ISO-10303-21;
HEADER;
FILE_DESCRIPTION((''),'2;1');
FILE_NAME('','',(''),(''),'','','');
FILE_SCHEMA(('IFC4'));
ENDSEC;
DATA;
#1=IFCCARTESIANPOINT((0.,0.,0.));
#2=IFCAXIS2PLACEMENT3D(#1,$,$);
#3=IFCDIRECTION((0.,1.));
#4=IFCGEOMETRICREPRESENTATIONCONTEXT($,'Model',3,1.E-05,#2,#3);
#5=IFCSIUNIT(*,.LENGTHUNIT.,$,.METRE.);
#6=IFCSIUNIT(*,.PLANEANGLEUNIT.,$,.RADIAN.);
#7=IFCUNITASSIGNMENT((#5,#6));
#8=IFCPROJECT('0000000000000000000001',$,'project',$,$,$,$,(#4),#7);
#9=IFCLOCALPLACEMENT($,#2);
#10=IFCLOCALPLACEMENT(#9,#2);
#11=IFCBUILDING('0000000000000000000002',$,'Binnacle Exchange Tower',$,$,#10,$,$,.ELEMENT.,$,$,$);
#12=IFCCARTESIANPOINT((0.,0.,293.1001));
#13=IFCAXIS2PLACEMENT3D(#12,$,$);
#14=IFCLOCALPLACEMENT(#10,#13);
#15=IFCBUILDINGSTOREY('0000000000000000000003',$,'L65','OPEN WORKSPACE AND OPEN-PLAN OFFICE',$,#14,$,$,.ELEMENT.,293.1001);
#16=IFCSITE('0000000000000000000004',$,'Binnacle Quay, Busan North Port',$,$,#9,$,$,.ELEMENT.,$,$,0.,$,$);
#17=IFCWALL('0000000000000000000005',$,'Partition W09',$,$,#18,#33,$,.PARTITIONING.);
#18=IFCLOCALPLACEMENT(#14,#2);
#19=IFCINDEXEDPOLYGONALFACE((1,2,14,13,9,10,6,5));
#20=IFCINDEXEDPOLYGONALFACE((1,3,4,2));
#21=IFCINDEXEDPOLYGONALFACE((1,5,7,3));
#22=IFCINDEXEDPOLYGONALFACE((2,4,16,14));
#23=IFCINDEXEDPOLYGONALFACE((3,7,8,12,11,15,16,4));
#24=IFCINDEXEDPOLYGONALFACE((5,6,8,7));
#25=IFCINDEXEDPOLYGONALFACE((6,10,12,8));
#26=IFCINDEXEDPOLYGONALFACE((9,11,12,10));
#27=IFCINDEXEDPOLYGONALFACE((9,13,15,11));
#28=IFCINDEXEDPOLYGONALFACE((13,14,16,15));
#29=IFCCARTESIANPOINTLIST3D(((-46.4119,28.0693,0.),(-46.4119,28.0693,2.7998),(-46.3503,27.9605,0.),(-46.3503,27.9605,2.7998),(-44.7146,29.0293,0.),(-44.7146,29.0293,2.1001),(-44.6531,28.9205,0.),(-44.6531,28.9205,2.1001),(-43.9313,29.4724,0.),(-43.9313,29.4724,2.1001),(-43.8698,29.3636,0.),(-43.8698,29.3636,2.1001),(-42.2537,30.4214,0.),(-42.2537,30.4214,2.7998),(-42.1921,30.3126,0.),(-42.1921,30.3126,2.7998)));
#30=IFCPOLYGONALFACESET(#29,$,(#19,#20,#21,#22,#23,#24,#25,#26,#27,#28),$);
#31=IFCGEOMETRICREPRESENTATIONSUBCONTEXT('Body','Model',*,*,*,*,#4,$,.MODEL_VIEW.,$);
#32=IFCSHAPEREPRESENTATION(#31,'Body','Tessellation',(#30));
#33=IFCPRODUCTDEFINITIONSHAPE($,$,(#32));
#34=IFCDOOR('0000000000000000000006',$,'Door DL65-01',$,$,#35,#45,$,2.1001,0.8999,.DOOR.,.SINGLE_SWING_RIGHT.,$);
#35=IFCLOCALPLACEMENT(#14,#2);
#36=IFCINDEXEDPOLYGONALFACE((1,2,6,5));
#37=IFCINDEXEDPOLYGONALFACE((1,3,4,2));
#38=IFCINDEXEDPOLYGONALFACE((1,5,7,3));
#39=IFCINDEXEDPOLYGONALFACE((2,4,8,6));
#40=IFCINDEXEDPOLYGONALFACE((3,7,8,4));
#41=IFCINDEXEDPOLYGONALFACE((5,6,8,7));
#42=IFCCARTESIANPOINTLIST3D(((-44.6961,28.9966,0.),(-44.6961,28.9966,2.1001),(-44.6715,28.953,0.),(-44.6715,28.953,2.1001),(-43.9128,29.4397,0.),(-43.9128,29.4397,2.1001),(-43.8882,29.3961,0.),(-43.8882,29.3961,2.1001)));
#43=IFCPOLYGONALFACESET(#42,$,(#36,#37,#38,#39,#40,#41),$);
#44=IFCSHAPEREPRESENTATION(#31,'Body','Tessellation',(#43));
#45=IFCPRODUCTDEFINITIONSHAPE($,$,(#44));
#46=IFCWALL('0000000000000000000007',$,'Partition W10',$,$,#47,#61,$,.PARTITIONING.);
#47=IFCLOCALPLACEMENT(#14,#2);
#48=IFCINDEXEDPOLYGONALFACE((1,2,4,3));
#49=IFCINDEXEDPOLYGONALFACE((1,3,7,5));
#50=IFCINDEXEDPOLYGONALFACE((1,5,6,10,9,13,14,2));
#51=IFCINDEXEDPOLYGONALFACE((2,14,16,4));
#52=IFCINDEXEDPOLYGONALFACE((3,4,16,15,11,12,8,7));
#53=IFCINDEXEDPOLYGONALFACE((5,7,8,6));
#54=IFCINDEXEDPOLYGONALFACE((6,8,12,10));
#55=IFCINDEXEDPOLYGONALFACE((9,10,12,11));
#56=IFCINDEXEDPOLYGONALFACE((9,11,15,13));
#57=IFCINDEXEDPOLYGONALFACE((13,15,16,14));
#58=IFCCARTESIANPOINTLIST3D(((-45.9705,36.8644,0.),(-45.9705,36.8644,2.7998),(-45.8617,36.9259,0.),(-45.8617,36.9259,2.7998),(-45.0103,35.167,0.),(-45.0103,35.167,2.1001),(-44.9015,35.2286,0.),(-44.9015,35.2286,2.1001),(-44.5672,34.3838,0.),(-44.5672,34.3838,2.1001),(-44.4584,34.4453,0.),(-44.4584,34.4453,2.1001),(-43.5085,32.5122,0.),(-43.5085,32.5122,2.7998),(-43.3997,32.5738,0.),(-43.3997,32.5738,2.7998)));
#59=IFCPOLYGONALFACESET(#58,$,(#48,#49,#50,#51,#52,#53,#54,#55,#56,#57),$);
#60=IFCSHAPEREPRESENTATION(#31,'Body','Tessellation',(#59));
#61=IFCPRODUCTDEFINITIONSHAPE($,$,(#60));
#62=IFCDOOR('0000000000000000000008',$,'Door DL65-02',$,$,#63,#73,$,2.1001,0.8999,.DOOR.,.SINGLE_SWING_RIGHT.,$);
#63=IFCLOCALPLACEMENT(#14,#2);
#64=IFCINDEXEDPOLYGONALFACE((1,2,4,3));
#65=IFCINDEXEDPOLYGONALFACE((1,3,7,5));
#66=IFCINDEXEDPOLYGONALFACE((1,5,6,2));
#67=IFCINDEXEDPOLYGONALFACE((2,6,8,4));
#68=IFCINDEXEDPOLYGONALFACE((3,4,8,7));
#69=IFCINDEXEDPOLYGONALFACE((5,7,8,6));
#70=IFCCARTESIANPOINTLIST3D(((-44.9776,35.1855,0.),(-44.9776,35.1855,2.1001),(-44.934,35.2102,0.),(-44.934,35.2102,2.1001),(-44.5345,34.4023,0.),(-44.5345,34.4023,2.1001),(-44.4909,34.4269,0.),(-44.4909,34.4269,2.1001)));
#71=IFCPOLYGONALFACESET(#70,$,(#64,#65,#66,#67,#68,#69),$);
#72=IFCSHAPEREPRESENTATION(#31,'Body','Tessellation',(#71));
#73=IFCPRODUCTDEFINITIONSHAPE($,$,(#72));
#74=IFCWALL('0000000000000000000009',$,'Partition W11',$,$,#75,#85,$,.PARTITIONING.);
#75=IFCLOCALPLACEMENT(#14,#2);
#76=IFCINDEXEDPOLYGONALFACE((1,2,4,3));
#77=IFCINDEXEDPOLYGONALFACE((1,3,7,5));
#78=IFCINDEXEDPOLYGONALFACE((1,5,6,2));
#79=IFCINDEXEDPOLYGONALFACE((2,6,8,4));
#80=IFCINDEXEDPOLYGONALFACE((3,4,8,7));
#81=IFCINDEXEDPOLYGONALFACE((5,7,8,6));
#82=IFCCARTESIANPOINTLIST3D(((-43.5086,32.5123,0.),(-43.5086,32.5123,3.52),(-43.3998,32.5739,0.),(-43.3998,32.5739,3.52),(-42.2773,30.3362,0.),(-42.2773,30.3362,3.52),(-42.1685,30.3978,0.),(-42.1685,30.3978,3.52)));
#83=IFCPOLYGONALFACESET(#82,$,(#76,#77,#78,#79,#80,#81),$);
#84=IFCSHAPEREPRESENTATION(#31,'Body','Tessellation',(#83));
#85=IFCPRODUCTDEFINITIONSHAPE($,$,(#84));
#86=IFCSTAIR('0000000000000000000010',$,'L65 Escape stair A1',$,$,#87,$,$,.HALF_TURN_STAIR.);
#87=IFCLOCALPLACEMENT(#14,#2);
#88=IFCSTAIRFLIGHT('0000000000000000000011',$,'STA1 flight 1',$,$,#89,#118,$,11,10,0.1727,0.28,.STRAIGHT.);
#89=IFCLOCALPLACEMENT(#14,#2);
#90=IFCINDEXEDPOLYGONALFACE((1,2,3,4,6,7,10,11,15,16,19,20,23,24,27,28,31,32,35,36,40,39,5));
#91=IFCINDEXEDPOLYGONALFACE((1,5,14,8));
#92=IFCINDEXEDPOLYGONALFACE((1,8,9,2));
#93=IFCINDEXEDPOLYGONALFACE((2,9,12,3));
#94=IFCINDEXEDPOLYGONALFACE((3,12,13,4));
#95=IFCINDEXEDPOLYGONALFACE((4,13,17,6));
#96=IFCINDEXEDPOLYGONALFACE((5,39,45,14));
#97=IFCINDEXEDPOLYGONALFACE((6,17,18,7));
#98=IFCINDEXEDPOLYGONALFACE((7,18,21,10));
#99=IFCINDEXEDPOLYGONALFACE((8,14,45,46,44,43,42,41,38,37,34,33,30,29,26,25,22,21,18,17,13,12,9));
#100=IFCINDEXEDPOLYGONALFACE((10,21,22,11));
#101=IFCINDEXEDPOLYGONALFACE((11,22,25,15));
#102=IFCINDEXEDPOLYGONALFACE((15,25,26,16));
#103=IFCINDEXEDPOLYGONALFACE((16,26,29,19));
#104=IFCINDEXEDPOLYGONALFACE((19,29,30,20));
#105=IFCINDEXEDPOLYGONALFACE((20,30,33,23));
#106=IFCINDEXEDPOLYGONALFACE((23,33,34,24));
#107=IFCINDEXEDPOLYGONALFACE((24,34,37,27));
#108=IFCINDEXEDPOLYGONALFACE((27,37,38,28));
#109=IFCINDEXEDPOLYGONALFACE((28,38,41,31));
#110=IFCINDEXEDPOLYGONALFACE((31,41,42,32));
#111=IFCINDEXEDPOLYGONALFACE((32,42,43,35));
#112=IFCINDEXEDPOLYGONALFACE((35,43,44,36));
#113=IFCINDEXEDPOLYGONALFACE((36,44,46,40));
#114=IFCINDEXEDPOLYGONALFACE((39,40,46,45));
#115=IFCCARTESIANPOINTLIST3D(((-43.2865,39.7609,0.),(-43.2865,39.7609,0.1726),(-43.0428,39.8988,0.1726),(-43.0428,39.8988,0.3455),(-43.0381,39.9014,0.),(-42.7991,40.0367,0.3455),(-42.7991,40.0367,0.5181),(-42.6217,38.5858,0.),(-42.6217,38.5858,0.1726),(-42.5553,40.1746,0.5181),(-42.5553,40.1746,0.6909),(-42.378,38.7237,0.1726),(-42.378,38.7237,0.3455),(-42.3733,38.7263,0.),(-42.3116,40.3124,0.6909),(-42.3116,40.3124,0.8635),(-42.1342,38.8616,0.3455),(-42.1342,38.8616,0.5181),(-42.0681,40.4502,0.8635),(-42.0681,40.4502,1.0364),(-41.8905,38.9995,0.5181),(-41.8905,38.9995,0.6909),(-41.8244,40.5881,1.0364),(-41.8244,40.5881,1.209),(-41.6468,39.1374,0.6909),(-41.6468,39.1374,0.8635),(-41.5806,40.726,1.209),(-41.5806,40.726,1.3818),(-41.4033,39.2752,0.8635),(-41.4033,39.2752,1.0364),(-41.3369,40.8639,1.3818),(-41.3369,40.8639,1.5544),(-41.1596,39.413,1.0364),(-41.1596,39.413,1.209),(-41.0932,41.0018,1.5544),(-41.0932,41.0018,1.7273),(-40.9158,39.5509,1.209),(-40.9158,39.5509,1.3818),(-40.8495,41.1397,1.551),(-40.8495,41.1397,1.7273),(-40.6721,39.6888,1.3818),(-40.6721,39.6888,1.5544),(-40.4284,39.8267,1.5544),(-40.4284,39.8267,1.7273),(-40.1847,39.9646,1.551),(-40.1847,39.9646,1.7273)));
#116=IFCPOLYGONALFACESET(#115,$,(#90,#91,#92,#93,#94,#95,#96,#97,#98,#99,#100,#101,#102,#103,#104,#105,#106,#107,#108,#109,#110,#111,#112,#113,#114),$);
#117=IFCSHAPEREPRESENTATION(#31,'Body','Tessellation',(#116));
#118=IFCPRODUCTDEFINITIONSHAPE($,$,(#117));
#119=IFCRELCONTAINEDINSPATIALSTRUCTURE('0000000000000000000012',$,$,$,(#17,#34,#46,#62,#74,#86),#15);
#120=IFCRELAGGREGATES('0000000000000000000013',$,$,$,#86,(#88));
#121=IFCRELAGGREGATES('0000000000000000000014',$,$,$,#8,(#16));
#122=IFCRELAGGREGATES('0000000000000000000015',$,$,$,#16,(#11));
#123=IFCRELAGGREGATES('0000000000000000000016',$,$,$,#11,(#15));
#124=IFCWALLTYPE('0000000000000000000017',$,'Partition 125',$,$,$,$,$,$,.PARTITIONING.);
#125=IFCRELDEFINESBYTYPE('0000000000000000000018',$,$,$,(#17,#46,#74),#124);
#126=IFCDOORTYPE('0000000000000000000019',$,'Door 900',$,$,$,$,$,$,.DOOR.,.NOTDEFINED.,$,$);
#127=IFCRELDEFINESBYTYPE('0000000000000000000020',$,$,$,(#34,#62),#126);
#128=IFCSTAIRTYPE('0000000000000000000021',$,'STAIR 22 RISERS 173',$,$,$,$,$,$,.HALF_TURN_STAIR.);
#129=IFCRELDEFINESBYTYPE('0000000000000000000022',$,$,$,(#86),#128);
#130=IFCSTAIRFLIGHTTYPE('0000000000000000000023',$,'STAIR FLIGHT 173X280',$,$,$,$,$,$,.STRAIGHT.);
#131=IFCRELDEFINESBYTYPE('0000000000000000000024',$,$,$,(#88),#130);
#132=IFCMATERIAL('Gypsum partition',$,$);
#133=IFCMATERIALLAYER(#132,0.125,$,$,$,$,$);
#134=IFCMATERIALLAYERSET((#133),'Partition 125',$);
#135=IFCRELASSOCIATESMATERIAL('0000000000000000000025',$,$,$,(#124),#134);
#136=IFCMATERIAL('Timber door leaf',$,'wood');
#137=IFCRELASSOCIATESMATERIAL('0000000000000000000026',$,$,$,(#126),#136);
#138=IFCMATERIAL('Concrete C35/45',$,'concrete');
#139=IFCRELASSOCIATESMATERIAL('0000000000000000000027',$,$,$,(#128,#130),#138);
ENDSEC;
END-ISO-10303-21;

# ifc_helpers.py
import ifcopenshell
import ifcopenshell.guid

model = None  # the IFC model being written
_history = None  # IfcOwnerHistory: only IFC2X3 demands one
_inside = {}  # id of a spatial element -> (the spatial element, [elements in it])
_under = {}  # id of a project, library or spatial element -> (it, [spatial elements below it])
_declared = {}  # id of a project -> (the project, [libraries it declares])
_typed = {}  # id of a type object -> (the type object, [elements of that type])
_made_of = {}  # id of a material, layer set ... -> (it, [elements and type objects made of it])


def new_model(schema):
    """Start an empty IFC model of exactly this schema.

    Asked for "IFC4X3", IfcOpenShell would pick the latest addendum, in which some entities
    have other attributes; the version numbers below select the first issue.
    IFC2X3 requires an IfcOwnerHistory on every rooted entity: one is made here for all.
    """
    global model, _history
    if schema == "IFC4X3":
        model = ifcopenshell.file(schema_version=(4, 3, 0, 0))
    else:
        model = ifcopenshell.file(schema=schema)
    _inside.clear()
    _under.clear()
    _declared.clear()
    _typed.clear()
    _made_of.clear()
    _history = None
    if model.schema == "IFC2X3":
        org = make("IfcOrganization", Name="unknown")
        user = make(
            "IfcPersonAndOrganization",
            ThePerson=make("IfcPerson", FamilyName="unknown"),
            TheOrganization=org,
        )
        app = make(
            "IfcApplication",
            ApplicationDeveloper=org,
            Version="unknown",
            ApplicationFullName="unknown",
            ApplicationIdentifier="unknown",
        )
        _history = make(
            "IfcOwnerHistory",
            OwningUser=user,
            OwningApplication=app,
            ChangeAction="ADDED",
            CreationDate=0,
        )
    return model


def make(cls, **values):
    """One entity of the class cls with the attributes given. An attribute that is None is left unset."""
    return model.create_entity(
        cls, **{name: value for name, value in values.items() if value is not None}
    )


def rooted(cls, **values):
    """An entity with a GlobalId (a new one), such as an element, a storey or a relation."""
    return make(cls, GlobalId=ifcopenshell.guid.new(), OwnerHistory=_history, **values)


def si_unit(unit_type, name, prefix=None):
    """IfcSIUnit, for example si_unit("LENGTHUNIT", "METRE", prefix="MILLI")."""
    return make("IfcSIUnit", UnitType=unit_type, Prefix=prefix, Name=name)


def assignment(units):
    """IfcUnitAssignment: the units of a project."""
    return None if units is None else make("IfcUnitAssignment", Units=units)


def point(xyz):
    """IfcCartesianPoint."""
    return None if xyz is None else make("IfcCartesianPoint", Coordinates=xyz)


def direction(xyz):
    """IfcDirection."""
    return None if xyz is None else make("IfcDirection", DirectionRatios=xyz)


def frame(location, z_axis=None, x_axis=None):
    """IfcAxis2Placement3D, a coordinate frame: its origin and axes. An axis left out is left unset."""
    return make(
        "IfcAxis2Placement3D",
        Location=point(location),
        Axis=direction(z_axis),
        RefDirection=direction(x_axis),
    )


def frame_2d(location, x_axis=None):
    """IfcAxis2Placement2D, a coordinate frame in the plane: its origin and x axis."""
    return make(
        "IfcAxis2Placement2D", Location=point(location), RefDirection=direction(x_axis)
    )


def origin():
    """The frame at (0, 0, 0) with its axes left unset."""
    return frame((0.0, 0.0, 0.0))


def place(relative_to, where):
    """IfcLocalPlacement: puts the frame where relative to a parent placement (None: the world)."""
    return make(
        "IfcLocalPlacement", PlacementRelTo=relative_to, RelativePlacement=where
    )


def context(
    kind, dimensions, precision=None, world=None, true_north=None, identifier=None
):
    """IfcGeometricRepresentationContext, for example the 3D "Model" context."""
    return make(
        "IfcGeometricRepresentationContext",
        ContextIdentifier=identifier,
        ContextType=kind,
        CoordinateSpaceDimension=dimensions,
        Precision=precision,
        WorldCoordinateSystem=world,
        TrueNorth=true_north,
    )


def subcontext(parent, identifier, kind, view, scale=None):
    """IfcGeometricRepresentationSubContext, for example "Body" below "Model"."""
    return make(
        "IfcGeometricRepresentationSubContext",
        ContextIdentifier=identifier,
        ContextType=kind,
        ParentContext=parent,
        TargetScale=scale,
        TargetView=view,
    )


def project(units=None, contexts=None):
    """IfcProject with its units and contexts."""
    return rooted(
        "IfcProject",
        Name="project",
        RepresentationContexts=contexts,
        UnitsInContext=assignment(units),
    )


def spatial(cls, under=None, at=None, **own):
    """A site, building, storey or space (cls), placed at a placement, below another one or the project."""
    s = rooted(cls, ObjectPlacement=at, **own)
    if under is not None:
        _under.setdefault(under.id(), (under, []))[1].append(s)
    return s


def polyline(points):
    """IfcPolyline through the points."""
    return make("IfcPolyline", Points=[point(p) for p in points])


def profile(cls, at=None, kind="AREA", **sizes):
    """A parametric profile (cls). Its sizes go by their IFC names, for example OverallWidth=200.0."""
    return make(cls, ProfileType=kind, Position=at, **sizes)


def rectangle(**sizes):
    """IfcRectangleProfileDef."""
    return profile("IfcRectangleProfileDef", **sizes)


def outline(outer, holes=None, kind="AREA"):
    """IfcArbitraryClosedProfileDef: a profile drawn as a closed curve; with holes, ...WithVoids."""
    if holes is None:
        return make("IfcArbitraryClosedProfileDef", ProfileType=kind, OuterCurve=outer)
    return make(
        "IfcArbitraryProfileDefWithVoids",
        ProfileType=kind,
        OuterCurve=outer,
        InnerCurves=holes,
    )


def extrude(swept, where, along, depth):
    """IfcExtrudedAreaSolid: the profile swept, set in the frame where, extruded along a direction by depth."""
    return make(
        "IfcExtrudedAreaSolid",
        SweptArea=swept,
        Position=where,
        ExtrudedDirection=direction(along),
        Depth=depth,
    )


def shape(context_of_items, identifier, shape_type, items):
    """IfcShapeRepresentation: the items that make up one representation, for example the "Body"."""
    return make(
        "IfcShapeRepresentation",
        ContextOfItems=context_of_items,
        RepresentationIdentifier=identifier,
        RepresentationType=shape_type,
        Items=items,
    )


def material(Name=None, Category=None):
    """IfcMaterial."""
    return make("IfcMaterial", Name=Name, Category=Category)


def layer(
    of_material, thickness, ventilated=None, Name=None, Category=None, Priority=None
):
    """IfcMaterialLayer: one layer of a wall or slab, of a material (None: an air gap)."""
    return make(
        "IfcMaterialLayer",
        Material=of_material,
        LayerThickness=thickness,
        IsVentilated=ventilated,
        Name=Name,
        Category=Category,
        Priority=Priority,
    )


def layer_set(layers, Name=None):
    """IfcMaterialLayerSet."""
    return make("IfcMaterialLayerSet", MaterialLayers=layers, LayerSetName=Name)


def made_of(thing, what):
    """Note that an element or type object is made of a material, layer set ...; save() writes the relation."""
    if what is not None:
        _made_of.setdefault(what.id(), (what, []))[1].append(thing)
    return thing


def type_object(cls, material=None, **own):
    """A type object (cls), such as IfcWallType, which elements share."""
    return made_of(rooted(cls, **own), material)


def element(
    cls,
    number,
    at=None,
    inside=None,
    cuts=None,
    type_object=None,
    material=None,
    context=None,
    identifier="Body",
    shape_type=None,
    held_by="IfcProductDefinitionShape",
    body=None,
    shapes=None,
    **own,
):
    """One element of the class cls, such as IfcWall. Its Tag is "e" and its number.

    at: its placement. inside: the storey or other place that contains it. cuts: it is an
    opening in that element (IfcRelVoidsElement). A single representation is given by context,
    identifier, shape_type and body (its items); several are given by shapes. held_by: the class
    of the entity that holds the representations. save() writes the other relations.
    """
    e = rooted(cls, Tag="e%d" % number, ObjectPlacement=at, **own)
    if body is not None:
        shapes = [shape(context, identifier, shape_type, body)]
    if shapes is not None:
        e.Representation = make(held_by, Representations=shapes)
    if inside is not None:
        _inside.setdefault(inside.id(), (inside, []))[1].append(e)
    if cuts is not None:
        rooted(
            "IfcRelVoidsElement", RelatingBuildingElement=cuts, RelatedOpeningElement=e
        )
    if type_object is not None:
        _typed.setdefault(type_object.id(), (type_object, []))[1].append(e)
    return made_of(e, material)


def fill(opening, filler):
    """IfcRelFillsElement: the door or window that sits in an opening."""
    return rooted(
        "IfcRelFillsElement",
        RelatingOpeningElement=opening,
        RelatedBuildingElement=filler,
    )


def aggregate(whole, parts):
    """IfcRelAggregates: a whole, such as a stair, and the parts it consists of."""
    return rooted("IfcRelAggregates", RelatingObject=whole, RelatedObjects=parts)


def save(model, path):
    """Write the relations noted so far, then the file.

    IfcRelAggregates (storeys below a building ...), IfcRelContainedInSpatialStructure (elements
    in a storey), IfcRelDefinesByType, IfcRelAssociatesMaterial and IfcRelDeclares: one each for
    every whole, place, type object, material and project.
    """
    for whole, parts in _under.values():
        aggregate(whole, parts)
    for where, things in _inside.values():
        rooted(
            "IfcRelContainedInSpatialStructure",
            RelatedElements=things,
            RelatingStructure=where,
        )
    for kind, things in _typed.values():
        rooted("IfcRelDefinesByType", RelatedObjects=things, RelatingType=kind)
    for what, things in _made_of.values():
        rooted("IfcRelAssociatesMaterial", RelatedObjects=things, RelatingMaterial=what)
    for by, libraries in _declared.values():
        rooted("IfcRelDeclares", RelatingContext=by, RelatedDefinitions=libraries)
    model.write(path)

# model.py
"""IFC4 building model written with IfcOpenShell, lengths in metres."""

from ifc_helpers import new_model, si_unit, direction, frame, frame_2d, origin, place, context, subcontext, project, spatial, polyline, rectangle, outline, extrude, material, layer, layer_set, type_object, element, fill, aggregate, save


model = new_model("IFC4")

# Units and contexts
model_context = context("Model", 3, precision=1e-05, world=origin(), true_north=direction((0.0, 1.0)))
body_context = subcontext(model_context, "Body", "Model", "MODEL_VIEW")
ifc_project = project(units=[si_unit("LENGTHUNIT", "METRE"), si_unit("PLANEANGLEUNIT", "RADIAN")], contexts=[model_context])

# Site, building, storey
site_placement = place(None, origin())
site = spatial("IfcSite", under=ifc_project, at=site_placement, Name="Binnacle Quay, Busan North Port", CompositionType="ELEMENT", RefElevation=0.0)
building_placement = place(site_placement, origin())
building = spatial("IfcBuilding", under=site, at=building_placement, Name="Binnacle Exchange Tower", CompositionType="ELEMENT")
storey_placement = place(building_placement, frame((0.0, 0.0, 293.1001)))
storey = spatial("IfcBuildingStorey", under=building, at=storey_placement, Name="L65", Description="OPEN WORKSPACE AND OPEN-PLAN OFFICE", CompositionType="ELEMENT", Elevation=293.1001)

# Walls, openings, doors
ifc_material_1 = material(Name="Gypsum partition")
ifc_layer_1 = layer(ifc_material_1, 0.125)
ifc_layer_set_1 = layer_set([ifc_layer_1], Name="Partition 125")
wall_type_1 = type_object("IfcWallType", Name="Partition 125", PredefinedType="PARTITIONING", material=ifc_layer_set_1)
wall_1_placement = place(storey_placement, frame((-46.3811, 28.0149, 0.0), z_axis=(0.0, 0.0, 1.0), x_axis=(0.870405, 0.492337, 0.0)))
wall_1 = element("IfcWall", 1, at=wall_1_placement, inside=storey, type_object=wall_type_1, Name="Partition W09", PredefinedType="PARTITIONING", context=body_context, shape_type="SweptSolid", body=[
    extrude(rectangle(XDim=4.7773, YDim=0.125, at=frame_2d((2.3887, 0.0))), origin(), (0.0, 0.0, 1.0), 2.7998),
])
opening_1_placement = place(wall_1_placement, frame((1.95, 0.0, 0.0)))
opening_1 = element("IfcOpeningElement", 2, at=opening_1_placement, cuts=wall_1, PredefinedType="OPENING", context=body_context, shape_type="SweptSolid", body=[
    extrude(rectangle(XDim=0.8999, YDim=2.1001, at=frame_2d((0.45, 1.05))), frame((0.0, 0.0725, 0.0), z_axis=(0.0, -1.0, 0.0), x_axis=(1.0, 0.0, 0.0)), (0.0, 0.0, 1.0), 0.145),
])
ifc_material_2 = material(Name="Timber door leaf", Category="wood")
door_type_1 = type_object("IfcDoorType", Name="Door 900", OperationType="NOTDEFINED", PredefinedType="DOOR", material=ifc_material_2)
door_1_placement = place(opening_1_placement, origin())
door_1 = element("IfcDoor", 3, at=door_1_placement, inside=storey, type_object=door_type_1, Name="Door DL65-01", OperationType="SINGLE_SWING_RIGHT", OverallHeight=2.1001, OverallWidth=0.8999, PredefinedType="DOOR", context=body_context, shape_type="SweptSolid", body=[
    extrude(rectangle(XDim=0.8999, YDim=2.1001, at=frame_2d((0.45, 1.05))), frame((0.0, 0.0249, 0.0), z_axis=(0.0, -1.0, 0.0), x_axis=(1.0, 0.0, 0.0)), (0.0, 0.0, 1.0), 0.05),
])
fill(opening_1, door_1)
wall_2_placement = place(storey_placement, frame((-45.916, 36.895, 0.0), z_axis=(0.0, 0.0, 1.0), x_axis=(0.492369, -0.870386, 0.0)))
wall_2 = element("IfcWall", 4, at=wall_2_placement, inside=storey, type_object=wall_type_1, Name="Partition W10", PredefinedType="PARTITIONING", context=body_context, shape_type="SweptSolid", body=[
    extrude(rectangle(XDim=5.0002, YDim=0.125, at=frame_2d((2.5, 0.0))), origin(), (0.0, 0.0, 1.0), 2.7998),
])
opening_2_placement = place(wall_2_placement, frame((1.95, 0.0, 0.0)))
opening_2 = element("IfcOpeningElement", 5, at=opening_2_placement, cuts=wall_2, PredefinedType="OPENING", context=body_context, shape_type="SweptSolid", body=[
    extrude(rectangle(XDim=0.8999, YDim=2.1001, at=frame_2d((0.45, 1.05))), frame((0.0, 0.0725, 0.0), z_axis=(0.0, -1.0, 0.0), x_axis=(1.0, 0.0, 0.0)), (0.0, 0.0, 1.0), 0.145),
])
door_2_placement = place(opening_2_placement, frame((0.8999, 0.0, 0.0), z_axis=(0.0, 0.0, 1.0), x_axis=(-1.0, 0.0, 0.0)))
door_2 = element("IfcDoor", 6, at=door_2_placement, inside=storey, type_object=door_type_1, Name="Door DL65-02", OperationType="SINGLE_SWING_RIGHT", OverallHeight=2.1001, OverallWidth=0.8999, PredefinedType="DOOR", context=body_context, shape_type="SweptSolid", body=[
    extrude(rectangle(XDim=0.8999, YDim=2.1001, at=frame_2d((0.45, 1.05))), frame((0.0, 0.0249, 0.0), z_axis=(0.0, -1.0, 0.0), x_axis=(1.0, 0.0, 0.0)), (0.0, 0.0, 1.0), 0.05),
])
fill(opening_2, door_2)

# Wall
wall_3_placement = place(storey_placement, frame((-43.4541, 32.543, 0.0), z_axis=(0.0, 0.0, 1.0), x_axis=(0.492443, -0.870345, 0.0)))
element("IfcWall", 7, at=wall_3_placement, inside=storey, type_object=wall_type_1, Name="Partition W11", PredefinedType="PARTITIONING", context=body_context, shape_type="SweptSolid", body=[
    extrude(rectangle(XDim=2.5002, YDim=0.125, at=frame_2d((1.25, 0.0))), origin(), (0.0, 0.0, 1.0), 3.52),
])

# Stair, stair flight
ifc_material_3 = material(Name="Concrete C35/45", Category="concrete")
stair_type = type_object("IfcStairType", Name="STAIR 22 RISERS 173", PredefinedType="HALF_TURN_STAIR", material=ifc_material_3)
stair_placement = place(storey_placement, origin())
stair = element("IfcStair", 8, at=stair_placement, inside=storey, type_object=stair_type, Name="L65 Escape stair A1", PredefinedType="HALF_TURN_STAIR")
stair_flight_type = type_object("IfcStairFlightType", Name="STAIR FLIGHT 173X280", PredefinedType="STRAIGHT", material=ifc_material_3)
stair_flight_placement = place(storey_placement, frame((-42.9541, 39.1733, 0.0), z_axis=(0.0, 0.0, 1.0), x_axis=(0.870356, 0.492424, 0.0)))
stair_flight = element("IfcStairFlight", 9, at=stair_flight_placement, type_object=stair_flight_type, Name="STA1 flight 1", NumberOfRisers=11, NumberOfTreads=10, PredefinedType="STRAIGHT", RiserHeight=0.1727, TreadLength=0.28, context=body_context, shape_type="SweptSolid", body=[
    extrude(outline(polyline([(0.0, 0.0), (0.0, 0.1726), (0.28, 0.1726), (0.28, 0.3455), (0.5601, 0.3455), (0.5601, 0.5181), (0.8401, 0.5181), (0.8401, 0.6909), (1.1201, 0.6909), (1.1201, 0.8635), (1.3999, 0.8635), (1.3999, 1.0364), (1.6799, 1.0364), (1.6799, 1.209), (1.96, 1.209), (1.96, 1.3818), (2.24, 1.3818), (2.24, 1.5544), (2.52, 1.5544), (2.52, 1.7273), (2.8, 1.7273), (2.8, 1.8999), (2.8, 1.551), (0.2854, 0.0), (0.0, 0.0)])), frame((0.0, 0.675, 0.0), z_axis=(0.0, -1.0, 0.0), x_axis=(1.0, 0.0, 0.0)), (0.0, 0.0, 1.0), 1.3501),
])
aggregate(stair, [stair_flight])

save(model, "model.ifc")
